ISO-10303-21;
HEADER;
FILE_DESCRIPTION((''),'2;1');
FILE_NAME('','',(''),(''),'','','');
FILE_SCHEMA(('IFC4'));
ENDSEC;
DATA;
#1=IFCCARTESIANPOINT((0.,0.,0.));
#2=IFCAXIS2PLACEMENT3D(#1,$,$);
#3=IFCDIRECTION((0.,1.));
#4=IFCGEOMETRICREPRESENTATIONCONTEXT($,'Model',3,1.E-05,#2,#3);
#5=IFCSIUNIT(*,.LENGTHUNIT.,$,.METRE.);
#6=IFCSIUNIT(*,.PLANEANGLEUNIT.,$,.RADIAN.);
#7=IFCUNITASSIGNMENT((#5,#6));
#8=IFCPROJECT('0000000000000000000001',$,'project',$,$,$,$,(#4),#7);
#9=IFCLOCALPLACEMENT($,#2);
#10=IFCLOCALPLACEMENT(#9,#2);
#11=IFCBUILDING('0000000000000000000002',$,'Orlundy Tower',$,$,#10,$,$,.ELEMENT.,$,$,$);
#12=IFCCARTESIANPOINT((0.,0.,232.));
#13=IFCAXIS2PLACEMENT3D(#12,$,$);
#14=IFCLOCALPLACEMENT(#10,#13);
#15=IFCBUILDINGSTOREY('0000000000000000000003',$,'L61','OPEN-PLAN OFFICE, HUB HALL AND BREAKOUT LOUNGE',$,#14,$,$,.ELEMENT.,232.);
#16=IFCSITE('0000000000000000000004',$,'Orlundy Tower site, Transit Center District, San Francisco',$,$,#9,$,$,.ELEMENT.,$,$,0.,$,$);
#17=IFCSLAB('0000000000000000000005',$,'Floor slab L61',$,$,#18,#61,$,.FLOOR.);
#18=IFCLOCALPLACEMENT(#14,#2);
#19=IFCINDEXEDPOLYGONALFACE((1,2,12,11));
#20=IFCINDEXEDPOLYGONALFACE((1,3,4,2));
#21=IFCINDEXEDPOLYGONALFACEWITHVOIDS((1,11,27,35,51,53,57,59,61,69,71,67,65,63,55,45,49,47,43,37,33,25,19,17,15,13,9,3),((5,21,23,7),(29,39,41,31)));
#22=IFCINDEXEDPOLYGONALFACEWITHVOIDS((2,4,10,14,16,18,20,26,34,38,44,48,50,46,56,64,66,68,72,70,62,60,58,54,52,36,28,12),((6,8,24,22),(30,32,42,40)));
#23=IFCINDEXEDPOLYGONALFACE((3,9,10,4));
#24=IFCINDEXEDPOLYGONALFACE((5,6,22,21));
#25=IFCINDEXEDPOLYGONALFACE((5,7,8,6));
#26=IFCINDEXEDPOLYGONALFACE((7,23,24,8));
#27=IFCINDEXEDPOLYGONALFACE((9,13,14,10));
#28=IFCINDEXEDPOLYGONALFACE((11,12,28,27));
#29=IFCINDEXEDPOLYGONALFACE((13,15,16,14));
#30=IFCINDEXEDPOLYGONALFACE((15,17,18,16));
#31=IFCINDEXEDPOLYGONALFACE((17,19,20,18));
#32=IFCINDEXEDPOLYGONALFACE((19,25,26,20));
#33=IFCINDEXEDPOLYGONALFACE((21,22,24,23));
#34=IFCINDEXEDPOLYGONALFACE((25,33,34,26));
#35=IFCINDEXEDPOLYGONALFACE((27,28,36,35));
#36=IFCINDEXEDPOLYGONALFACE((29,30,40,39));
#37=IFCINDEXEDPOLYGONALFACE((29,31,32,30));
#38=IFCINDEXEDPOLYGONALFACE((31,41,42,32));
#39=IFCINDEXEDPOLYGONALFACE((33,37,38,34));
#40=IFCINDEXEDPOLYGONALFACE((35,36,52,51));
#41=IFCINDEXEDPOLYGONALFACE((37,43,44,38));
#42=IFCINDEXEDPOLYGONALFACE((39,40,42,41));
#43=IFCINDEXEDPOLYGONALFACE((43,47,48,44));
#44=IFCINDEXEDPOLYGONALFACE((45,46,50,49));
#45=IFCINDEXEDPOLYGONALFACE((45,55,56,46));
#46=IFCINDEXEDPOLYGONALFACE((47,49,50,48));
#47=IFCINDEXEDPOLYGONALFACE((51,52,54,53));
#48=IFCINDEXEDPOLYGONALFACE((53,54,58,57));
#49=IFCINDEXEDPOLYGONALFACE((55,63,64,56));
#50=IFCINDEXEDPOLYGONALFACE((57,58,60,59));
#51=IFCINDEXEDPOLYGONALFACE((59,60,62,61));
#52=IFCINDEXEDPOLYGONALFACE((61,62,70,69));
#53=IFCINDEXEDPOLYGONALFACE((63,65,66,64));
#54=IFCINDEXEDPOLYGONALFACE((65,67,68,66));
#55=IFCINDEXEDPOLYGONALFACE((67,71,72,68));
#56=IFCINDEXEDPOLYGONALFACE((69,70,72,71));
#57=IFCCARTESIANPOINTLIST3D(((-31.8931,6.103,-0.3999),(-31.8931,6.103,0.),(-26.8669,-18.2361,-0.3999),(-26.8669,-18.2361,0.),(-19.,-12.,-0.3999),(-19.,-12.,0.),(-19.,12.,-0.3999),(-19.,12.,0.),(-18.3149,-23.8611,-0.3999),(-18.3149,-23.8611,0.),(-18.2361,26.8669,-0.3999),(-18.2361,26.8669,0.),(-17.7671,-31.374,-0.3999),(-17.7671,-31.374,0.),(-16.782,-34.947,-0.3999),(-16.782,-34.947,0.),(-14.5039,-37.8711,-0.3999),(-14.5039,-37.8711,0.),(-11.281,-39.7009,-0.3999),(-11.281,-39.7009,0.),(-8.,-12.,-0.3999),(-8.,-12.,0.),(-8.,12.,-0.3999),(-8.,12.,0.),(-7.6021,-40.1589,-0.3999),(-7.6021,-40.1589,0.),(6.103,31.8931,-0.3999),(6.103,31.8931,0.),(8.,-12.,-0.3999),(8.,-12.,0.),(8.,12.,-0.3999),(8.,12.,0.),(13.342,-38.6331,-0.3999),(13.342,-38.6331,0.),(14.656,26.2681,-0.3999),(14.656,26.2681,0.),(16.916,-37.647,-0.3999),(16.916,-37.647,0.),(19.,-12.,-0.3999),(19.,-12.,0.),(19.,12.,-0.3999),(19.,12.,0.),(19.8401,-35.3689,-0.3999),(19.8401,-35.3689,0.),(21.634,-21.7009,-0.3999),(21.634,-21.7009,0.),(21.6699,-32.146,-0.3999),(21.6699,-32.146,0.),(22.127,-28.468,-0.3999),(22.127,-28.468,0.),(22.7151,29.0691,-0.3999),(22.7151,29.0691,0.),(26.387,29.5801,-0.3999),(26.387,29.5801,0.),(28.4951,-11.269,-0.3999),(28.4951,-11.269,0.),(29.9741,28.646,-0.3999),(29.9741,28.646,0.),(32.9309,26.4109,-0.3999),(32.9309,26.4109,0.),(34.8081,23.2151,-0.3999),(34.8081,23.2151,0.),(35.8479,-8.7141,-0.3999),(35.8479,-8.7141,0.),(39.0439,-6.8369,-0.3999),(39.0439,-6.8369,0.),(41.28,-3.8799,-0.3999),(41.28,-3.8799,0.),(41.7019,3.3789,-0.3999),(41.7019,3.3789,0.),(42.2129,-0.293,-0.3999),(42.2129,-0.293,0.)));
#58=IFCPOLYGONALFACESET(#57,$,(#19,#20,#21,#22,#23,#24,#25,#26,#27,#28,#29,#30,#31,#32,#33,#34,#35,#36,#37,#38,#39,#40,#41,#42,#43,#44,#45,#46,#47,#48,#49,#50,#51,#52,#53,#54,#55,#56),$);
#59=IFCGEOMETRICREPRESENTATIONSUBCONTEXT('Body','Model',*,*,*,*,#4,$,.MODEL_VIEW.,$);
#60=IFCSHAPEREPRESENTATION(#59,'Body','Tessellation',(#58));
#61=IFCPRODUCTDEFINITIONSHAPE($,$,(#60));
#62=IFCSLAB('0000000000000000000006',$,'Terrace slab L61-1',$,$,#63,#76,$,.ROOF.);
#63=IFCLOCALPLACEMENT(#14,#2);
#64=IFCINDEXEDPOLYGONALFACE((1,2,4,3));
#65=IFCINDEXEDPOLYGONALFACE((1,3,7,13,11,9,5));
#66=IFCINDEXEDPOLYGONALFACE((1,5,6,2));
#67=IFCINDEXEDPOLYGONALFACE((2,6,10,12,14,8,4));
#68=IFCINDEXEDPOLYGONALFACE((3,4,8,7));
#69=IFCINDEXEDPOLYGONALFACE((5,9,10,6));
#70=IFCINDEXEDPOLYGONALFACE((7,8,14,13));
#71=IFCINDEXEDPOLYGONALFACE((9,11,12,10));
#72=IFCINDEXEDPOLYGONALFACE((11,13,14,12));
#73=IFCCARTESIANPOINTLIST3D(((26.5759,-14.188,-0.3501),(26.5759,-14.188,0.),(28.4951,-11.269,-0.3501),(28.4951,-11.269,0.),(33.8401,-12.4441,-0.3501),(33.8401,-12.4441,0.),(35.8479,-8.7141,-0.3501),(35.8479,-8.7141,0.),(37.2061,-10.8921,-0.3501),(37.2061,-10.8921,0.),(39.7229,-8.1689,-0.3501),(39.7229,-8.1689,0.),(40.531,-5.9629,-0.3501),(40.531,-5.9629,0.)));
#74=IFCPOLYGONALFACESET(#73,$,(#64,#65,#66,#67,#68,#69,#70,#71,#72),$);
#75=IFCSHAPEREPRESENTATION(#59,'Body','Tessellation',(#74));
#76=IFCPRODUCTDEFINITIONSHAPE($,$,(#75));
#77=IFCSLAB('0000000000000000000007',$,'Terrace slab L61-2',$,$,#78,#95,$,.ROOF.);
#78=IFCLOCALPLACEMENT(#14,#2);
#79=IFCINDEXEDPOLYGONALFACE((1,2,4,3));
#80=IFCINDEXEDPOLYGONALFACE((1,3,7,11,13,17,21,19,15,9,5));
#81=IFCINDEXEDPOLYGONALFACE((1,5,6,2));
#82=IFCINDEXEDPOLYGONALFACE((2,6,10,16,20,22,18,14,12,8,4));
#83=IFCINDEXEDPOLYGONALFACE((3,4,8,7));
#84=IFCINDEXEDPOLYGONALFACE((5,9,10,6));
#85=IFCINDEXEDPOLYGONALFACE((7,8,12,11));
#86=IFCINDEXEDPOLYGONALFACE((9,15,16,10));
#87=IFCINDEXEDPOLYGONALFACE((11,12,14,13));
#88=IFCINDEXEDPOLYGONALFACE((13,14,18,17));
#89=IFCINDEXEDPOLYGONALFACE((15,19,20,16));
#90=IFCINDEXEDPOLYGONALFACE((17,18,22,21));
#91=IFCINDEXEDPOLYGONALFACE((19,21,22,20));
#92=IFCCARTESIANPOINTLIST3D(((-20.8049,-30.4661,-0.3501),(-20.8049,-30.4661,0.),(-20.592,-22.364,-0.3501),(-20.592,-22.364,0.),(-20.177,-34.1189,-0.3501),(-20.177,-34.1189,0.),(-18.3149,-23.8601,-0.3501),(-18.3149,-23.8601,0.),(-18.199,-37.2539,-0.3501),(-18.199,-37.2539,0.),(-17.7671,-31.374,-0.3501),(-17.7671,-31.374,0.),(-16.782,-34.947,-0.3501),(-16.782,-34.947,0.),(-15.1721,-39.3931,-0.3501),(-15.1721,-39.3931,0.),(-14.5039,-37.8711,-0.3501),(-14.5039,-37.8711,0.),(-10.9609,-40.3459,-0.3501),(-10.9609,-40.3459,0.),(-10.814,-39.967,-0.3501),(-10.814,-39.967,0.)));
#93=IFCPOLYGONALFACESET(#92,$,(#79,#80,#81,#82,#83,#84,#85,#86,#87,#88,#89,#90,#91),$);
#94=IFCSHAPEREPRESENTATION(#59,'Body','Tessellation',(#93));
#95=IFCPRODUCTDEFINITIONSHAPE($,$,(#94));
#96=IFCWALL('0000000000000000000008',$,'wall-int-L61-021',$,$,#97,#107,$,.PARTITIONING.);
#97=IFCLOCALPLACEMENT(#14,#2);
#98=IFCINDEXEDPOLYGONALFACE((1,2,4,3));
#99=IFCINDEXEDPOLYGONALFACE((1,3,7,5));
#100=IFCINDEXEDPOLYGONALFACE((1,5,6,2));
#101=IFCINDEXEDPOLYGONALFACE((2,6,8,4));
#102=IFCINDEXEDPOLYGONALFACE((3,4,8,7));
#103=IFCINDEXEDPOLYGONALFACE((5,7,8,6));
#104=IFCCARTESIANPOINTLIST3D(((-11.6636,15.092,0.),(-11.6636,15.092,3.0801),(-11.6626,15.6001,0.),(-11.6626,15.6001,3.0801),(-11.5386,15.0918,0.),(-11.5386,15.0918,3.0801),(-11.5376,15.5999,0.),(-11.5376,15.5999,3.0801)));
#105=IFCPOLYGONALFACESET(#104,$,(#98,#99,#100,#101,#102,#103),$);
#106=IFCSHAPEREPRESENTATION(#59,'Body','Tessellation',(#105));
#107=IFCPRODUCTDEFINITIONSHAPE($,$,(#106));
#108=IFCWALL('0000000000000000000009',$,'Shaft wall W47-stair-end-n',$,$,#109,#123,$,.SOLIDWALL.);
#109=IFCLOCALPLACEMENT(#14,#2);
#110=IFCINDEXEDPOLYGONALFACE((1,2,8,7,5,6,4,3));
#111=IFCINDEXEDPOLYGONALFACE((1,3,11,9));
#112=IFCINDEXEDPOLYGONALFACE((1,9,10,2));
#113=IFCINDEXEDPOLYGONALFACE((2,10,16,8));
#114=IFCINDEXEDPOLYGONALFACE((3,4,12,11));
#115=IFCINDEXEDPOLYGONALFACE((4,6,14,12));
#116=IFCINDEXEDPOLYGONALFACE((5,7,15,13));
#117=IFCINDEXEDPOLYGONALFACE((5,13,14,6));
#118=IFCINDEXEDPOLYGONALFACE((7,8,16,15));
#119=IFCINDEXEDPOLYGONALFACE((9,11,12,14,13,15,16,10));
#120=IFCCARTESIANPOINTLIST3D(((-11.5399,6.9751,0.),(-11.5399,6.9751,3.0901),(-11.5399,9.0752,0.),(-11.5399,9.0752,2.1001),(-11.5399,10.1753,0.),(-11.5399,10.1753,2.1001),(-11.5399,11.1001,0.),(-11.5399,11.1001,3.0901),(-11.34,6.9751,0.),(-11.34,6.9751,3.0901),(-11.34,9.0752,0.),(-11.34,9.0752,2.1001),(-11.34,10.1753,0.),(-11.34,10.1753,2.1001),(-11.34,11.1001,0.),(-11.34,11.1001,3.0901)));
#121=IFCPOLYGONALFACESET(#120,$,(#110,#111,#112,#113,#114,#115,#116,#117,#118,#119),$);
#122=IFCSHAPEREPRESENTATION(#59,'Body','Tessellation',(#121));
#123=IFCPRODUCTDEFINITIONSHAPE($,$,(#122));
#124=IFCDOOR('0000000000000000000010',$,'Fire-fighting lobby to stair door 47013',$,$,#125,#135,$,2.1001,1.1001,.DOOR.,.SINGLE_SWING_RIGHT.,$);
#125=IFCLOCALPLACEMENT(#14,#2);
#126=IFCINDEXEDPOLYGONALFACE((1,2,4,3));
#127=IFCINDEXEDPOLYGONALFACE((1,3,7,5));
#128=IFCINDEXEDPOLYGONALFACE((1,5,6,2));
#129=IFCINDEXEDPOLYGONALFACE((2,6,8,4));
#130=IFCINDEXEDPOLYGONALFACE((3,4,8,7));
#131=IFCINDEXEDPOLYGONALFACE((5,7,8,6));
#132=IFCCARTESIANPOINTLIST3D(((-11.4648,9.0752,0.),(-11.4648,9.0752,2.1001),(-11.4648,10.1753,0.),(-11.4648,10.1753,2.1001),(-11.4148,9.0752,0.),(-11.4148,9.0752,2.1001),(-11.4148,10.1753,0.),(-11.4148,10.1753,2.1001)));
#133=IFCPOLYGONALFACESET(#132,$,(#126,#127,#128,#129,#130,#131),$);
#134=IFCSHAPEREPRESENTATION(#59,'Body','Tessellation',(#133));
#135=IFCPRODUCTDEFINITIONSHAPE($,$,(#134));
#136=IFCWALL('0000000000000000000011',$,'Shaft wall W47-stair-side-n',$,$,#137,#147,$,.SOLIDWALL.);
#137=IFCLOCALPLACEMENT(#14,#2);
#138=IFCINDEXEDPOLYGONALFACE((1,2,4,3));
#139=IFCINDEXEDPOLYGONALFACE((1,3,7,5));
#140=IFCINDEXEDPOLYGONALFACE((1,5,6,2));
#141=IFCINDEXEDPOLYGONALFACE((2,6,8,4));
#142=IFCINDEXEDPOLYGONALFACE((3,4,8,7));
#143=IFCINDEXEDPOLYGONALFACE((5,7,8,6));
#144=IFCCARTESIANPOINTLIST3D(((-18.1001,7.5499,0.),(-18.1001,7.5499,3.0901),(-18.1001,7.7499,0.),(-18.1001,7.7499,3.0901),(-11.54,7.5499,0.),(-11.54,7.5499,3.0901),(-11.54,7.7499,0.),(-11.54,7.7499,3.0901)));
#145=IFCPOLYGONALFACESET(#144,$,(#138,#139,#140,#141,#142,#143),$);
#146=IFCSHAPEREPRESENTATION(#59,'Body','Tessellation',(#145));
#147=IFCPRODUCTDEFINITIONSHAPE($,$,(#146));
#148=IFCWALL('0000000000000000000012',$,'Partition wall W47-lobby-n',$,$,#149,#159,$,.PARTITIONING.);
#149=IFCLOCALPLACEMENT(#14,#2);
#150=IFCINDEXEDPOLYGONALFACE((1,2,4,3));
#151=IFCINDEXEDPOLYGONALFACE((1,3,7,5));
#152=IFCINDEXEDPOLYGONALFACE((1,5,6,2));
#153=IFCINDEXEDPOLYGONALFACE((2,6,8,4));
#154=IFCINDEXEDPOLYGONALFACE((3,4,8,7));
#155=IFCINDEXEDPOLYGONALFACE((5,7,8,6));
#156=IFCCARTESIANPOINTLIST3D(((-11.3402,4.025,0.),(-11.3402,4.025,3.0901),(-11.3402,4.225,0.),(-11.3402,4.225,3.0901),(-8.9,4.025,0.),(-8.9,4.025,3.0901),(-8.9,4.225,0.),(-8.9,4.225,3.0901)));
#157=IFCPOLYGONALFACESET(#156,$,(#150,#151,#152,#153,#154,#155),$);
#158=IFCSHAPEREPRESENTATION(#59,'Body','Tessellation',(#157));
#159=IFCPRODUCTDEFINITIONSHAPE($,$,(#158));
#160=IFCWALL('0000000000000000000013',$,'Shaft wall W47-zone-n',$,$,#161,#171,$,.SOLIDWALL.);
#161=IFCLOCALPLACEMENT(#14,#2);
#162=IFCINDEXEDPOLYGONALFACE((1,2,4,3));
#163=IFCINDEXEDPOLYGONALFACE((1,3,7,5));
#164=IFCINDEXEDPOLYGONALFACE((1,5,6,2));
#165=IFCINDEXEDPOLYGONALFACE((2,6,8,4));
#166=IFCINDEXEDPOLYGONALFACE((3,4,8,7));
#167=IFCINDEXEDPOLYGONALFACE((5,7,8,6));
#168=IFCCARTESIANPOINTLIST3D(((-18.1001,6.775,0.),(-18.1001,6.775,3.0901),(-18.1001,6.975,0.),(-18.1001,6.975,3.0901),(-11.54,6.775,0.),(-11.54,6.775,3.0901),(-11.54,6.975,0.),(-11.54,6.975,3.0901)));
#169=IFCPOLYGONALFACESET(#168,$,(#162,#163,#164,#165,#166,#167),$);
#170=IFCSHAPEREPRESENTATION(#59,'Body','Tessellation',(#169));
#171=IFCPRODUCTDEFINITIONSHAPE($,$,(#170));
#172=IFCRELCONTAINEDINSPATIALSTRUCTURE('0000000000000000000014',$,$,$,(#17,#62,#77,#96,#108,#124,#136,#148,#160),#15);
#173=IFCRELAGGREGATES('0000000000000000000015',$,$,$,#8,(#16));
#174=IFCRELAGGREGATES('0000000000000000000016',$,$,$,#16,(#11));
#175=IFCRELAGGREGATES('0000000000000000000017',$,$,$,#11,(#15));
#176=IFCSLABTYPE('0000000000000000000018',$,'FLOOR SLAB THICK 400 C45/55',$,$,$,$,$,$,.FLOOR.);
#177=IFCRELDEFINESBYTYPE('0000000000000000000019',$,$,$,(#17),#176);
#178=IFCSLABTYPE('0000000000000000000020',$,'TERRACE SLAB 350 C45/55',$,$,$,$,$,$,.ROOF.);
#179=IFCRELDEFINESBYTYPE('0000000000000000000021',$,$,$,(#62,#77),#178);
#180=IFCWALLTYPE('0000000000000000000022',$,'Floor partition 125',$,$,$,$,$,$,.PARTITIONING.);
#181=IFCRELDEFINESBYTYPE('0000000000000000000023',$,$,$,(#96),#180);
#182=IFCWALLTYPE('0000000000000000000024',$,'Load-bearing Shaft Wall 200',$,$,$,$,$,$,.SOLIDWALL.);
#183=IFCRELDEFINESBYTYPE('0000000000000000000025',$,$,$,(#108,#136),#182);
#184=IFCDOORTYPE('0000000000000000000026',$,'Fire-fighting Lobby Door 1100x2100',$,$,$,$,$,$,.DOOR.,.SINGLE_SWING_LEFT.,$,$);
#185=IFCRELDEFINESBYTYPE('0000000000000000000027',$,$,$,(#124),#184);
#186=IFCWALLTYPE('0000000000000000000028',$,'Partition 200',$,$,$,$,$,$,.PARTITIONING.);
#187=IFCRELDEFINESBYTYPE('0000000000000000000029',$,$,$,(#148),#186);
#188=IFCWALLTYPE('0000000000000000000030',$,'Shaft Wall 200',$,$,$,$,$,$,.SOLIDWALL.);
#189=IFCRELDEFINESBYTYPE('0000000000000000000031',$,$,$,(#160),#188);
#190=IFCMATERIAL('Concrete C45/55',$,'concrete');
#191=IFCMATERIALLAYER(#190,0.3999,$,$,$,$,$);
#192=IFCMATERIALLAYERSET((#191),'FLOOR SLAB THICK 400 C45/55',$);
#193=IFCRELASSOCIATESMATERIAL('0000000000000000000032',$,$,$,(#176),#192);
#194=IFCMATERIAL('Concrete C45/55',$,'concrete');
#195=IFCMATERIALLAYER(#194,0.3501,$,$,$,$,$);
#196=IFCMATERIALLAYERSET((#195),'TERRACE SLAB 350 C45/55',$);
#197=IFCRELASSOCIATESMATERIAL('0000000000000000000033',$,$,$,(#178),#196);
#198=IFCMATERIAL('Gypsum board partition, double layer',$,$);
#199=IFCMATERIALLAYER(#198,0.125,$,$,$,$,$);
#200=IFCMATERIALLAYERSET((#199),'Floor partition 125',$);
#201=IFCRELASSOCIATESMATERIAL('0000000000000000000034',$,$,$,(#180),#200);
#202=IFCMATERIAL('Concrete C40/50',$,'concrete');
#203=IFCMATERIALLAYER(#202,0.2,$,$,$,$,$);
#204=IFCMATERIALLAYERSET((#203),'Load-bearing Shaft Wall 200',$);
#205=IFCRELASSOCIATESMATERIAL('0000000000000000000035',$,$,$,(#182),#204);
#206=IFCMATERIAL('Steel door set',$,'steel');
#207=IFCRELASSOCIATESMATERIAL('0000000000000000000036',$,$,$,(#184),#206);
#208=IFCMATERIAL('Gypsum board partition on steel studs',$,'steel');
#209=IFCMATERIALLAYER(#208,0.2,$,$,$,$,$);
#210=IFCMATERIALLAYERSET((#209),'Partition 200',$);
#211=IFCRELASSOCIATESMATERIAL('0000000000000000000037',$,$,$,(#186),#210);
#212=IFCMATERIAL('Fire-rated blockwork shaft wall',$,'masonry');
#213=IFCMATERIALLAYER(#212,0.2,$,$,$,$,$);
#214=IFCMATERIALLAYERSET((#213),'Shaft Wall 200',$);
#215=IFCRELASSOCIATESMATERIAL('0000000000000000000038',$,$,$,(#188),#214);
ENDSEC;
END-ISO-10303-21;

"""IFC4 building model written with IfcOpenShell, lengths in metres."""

from ifc_helpers import new_model, si_unit, direction, frame, frame_2d, origin, place, context, subcontext, project, spatial, polyline, rectangle, outline, extrude, material, layer, layer_set, type_object, element, fill, save


model = new_model("IFC4")

# Units and contexts
model_context = context("Model", 3, precision=1e-05, world=origin(), true_north=direction((0.0, 1.0)))
body_context = subcontext(model_context, "Body", "Model", "MODEL_VIEW")
ifc_project = project(units=[si_unit("LENGTHUNIT", "METRE"), si_unit("PLANEANGLEUNIT", "RADIAN")], contexts=[model_context])

# Site, building, storey
site_placement = place(None, origin())
site = spatial("IfcSite", under=ifc_project, at=site_placement, Name="Orlundy Tower site, Transit Center District, San Francisco", CompositionType="ELEMENT", RefElevation=0.0)
building_placement = place(site_placement, origin())
building = spatial("IfcBuilding", under=site, at=building_placement, Name="Orlundy Tower", CompositionType="ELEMENT")
storey_placement = place(building_placement, frame((0.0, 0.0, 232.0)))
storey = spatial("IfcBuildingStorey", under=building, at=storey_placement, Name="L61", Description="OPEN-PLAN OFFICE, HUB HALL AND BREAKOUT LOUNGE", CompositionType="ELEMENT", Elevation=232.0)

# Slabs
ifc_material_1 = material(Name="Concrete C45/55", Category="concrete")
ifc_layer_1 = layer(ifc_material_1, 0.3999)
ifc_layer_set_1 = layer_set([ifc_layer_1], Name="FLOOR SLAB THICK 400 C45/55")
slab_type_1 = type_object("IfcSlabType", Name="FLOOR SLAB THICK 400 C45/55", PredefinedType="FLOOR", material=ifc_layer_set_1)
slab_1_placement = place(storey_placement, frame((0.0, 0.0, -0.3999)))
element("IfcSlab", 1, at=slab_1_placement, inside=storey, type_object=slab_type_1, Name="Floor slab L61", PredefinedType="FLOOR", context=body_context, shape_type="SweptSolid", body=[
    extrude(outline(polyline([(28.4951, -11.269), (21.634, -21.7009), (22.127, -28.468), (21.6699, -32.146), (19.8401, -35.3689), (16.916, -37.647), (13.342, -38.6331), (-7.6021, -40.1589), (-11.281, -39.7009), (-14.5039, -37.8711), (-16.782, -34.947), (-17.7671, -31.374), (-18.3149, -23.8611), (-26.8669, -18.2361), (-31.8931, 6.103), (-18.2361, 26.8669), (6.103, 31.8931), (14.656, 26.2681), (22.7151, 29.0691), (26.387, 29.5801), (29.9741, 28.646), (32.9309, 26.4109), (34.8081, 23.2151), (41.7019, 3.3789), (42.2129, -0.293), (41.28, -3.8799), (39.0439, -6.8369), (35.8479, -8.7141), (28.4951, -11.269)]), holes=[polyline([(-8.0, -12.0), (-8.0, 12.0), (-19.0, 12.0), (-19.0, -12.0), (-8.0, -12.0)]), polyline([(19.0, -12.0), (19.0, 12.0), (8.0, 12.0), (8.0, -12.0), (19.0, -12.0)])]), origin(), (0.0, 0.0, 1.0), 0.3999),
])
ifc_material_2 = material(Name="Concrete C45/55", Category="concrete")
ifc_layer_2 = layer(ifc_material_2, 0.3501)
ifc_layer_set_2 = layer_set([ifc_layer_2], Name="TERRACE SLAB 350 C45/55")
slab_type_2 = type_object("IfcSlabType", Name="TERRACE SLAB 350 C45/55", PredefinedType="ROOF", material=ifc_layer_set_2)
slab_2_placement = place(storey_placement, frame((0.0, 0.0, -0.3501)))
element("IfcSlab", 2, at=slab_2_placement, inside=storey, type_object=slab_type_2, Name="Terrace slab L61-1", PredefinedType="ROOF", context=body_context, shape_type="SweptSolid", body=[
    extrude(outline(polyline([(26.5759, -14.188), (28.4951, -11.269), (35.8479, -8.7141), (40.531, -5.9629), (39.7229, -8.1689), (37.2061, -10.8921), (33.8401, -12.4441), (26.5759, -14.188)])), origin(), (0.0, 0.0, 1.0), 0.3501),
])
slab_3_placement = place(storey_placement, frame((0.0, 0.0, -0.3501)))
element("IfcSlab", 3, at=slab_3_placement, inside=storey, type_object=slab_type_2, Name="Terrace slab L61-2", PredefinedType="ROOF", context=body_context, shape_type="SweptSolid", body=[
    extrude(outline(polyline([(-20.592, -22.364), (-18.3149, -23.8601), (-17.7671, -31.374), (-16.782, -34.947), (-14.5039, -37.8711), (-10.814, -39.967), (-10.9609, -40.3459), (-15.1721, -39.3931), (-18.199, -37.2539), (-20.177, -34.1189), (-20.8049, -30.4661), (-20.592, -22.364)])), origin(), (0.0, 0.0, 1.0), 0.3501),
])

# Wall
ifc_material_3 = material(Name="Gypsum board partition, double layer")
ifc_layer_3 = layer(ifc_material_3, 0.125)
ifc_layer_set_3 = layer_set([ifc_layer_3], Name="Floor partition 125")
wall_type_1 = type_object("IfcWallType", Name="Floor partition 125", PredefinedType="PARTITIONING", material=ifc_layer_set_3)
wall_1_placement = place(storey_placement, frame((-11.6011, 15.092, 0.0), z_axis=(0.0, 0.0, 1.0), x_axis=(0.001922, 0.999998, 0.0)))
element("IfcWall", 4, at=wall_1_placement, inside=storey, type_object=wall_type_1, Name="wall-int-L61-021", PredefinedType="PARTITIONING", context=body_context, shape_type="SweptSolid", body=[
    extrude(rectangle(XDim=0.5081, YDim=0.125, at=frame_2d((0.2539, 0.0))), origin(), (0.0, 0.0, 1.0), 3.0801),
])

# Wall, opening, door
ifc_material_4 = material(Name="Concrete C40/50", Category="concrete")
ifc_layer_4 = layer(ifc_material_4, 0.2)
ifc_layer_set_4 = layer_set([ifc_layer_4], Name="Load-bearing Shaft Wall 200")
wall_type_2 = type_object("IfcWallType", Name="Load-bearing Shaft Wall 200", PredefinedType="SOLIDWALL", material=ifc_layer_set_4)
wall_2_placement = place(storey_placement, frame((-11.4399, 6.9751, 0.0), z_axis=(0.0, 0.0, 1.0), x_axis=(0.0, 1.0, 0.0)))
wall_2 = element("IfcWall", 5, at=wall_2_placement, inside=storey, type_object=wall_type_2, Name="Shaft wall W47-stair-end-n", PredefinedType="SOLIDWALL", context=body_context, shape_type="SweptSolid", body=[
    extrude(rectangle(XDim=4.125, YDim=0.2, at=frame_2d((2.0625, 0.0))), origin(), (0.0, 0.0, 1.0), 3.0901),
])
opening_placement = place(wall_2_placement, frame((2.1001, 0.0, 0.0)))
opening = element("IfcOpeningElement", 6, at=opening_placement, cuts=wall_2, PredefinedType="OPENING", context=body_context, shape_type="SweptSolid", body=[
    extrude(rectangle(XDim=1.1001, YDim=2.1001, at=frame_2d((0.55, 1.05))), frame((0.0, 0.1101, 0.0), z_axis=(0.0, -1.0, 0.0), x_axis=(1.0, 0.0, 0.0)), (0.0, 0.0, 1.0), 0.2202),
])
ifc_material_5 = material(Name="Steel door set", Category="steel")
door_type = type_object("IfcDoorType", Name="Fire-fighting Lobby Door 1100x2100", OperationType="SINGLE_SWING_LEFT", PredefinedType="DOOR", material=ifc_material_5)
door_placement = place(opening_placement, origin())
door = element("IfcDoor", 7, at=door_placement, inside=storey, type_object=door_type, Name="Fire-fighting lobby to stair door 47013", OperationType="SINGLE_SWING_RIGHT", OverallHeight=2.1001, OverallWidth=1.1001, PredefinedType="DOOR", context=body_context, shape_type="SweptSolid", body=[
    extrude(rectangle(XDim=1.1001, YDim=2.1001, at=frame_2d((0.55, 1.05))), frame((0.0, 0.0249, 0.0), z_axis=(0.0, -1.0, 0.0), x_axis=(1.0, 0.0, 0.0)), (0.0, 0.0, 1.0), 0.05),
])
fill(opening, door)

# Walls
wall_3_placement = place(storey_placement, frame((-11.54, 7.6499, 0.0), z_axis=(0.0, 0.0, 1.0), x_axis=(-1.0, 0.0, 0.0)))
element("IfcWall", 8, at=wall_3_placement, inside=storey, type_object=wall_type_2, Name="Shaft wall W47-stair-side-n", PredefinedType="SOLIDWALL", context=body_context, shape_type="SweptSolid", body=[
    extrude(rectangle(XDim=6.5601, YDim=0.2, at=frame_2d((3.28, 0.0))), origin(), (0.0, 0.0, 1.0), 3.0901),
])
ifc_material_6 = material(Name="Gypsum board partition on steel studs", Category="steel")
ifc_layer_5 = layer(ifc_material_6, 0.2)
ifc_layer_set_5 = layer_set([ifc_layer_5], Name="Partition 200")
wall_type_3 = type_object("IfcWallType", Name="Partition 200", PredefinedType="PARTITIONING", material=ifc_layer_set_5)
wall_4_placement = place(storey_placement, frame((-8.8999, 4.125, 0.0), z_axis=(0.0, 0.0, 1.0), x_axis=(-1.0, 0.0, 0.0)))
element("IfcWall", 9, at=wall_4_placement, inside=storey, type_object=wall_type_3, Name="Partition wall W47-lobby-n", PredefinedType="PARTITIONING", context=body_context, shape_type="SweptSolid", body=[
    extrude(rectangle(XDim=2.4402, YDim=0.2, at=frame_2d((1.2202, 0.0))), origin(), (0.0, 0.0, 1.0), 3.0901),
])
ifc_material_7 = material(Name="Fire-rated blockwork shaft wall", Category="masonry")
ifc_layer_6 = layer(ifc_material_7, 0.2)
ifc_layer_set_6 = layer_set([ifc_layer_6], Name="Shaft Wall 200")
wall_type_4 = type_object("IfcWallType", Name="Shaft Wall 200", PredefinedType="SOLIDWALL", material=ifc_layer_set_6)
wall_5_placement = place(storey_placement, frame((-11.54, 6.875, 0.0), z_axis=(0.0, 0.0, 1.0), x_axis=(-1.0, 0.0, 0.0)))
element("IfcWall", 10, at=wall_5_placement, inside=storey, type_object=wall_type_4, Name="Shaft wall W47-zone-n", PredefinedType="SOLIDWALL", context=body_context, shape_type="SweptSolid", body=[
    extrude(rectangle(XDim=6.5601, YDim=0.2, at=frame_2d((3.28, 0.0))), origin(), (0.0, 0.0, 1.0), 3.0901),
])

save(model, "model.ifc")
